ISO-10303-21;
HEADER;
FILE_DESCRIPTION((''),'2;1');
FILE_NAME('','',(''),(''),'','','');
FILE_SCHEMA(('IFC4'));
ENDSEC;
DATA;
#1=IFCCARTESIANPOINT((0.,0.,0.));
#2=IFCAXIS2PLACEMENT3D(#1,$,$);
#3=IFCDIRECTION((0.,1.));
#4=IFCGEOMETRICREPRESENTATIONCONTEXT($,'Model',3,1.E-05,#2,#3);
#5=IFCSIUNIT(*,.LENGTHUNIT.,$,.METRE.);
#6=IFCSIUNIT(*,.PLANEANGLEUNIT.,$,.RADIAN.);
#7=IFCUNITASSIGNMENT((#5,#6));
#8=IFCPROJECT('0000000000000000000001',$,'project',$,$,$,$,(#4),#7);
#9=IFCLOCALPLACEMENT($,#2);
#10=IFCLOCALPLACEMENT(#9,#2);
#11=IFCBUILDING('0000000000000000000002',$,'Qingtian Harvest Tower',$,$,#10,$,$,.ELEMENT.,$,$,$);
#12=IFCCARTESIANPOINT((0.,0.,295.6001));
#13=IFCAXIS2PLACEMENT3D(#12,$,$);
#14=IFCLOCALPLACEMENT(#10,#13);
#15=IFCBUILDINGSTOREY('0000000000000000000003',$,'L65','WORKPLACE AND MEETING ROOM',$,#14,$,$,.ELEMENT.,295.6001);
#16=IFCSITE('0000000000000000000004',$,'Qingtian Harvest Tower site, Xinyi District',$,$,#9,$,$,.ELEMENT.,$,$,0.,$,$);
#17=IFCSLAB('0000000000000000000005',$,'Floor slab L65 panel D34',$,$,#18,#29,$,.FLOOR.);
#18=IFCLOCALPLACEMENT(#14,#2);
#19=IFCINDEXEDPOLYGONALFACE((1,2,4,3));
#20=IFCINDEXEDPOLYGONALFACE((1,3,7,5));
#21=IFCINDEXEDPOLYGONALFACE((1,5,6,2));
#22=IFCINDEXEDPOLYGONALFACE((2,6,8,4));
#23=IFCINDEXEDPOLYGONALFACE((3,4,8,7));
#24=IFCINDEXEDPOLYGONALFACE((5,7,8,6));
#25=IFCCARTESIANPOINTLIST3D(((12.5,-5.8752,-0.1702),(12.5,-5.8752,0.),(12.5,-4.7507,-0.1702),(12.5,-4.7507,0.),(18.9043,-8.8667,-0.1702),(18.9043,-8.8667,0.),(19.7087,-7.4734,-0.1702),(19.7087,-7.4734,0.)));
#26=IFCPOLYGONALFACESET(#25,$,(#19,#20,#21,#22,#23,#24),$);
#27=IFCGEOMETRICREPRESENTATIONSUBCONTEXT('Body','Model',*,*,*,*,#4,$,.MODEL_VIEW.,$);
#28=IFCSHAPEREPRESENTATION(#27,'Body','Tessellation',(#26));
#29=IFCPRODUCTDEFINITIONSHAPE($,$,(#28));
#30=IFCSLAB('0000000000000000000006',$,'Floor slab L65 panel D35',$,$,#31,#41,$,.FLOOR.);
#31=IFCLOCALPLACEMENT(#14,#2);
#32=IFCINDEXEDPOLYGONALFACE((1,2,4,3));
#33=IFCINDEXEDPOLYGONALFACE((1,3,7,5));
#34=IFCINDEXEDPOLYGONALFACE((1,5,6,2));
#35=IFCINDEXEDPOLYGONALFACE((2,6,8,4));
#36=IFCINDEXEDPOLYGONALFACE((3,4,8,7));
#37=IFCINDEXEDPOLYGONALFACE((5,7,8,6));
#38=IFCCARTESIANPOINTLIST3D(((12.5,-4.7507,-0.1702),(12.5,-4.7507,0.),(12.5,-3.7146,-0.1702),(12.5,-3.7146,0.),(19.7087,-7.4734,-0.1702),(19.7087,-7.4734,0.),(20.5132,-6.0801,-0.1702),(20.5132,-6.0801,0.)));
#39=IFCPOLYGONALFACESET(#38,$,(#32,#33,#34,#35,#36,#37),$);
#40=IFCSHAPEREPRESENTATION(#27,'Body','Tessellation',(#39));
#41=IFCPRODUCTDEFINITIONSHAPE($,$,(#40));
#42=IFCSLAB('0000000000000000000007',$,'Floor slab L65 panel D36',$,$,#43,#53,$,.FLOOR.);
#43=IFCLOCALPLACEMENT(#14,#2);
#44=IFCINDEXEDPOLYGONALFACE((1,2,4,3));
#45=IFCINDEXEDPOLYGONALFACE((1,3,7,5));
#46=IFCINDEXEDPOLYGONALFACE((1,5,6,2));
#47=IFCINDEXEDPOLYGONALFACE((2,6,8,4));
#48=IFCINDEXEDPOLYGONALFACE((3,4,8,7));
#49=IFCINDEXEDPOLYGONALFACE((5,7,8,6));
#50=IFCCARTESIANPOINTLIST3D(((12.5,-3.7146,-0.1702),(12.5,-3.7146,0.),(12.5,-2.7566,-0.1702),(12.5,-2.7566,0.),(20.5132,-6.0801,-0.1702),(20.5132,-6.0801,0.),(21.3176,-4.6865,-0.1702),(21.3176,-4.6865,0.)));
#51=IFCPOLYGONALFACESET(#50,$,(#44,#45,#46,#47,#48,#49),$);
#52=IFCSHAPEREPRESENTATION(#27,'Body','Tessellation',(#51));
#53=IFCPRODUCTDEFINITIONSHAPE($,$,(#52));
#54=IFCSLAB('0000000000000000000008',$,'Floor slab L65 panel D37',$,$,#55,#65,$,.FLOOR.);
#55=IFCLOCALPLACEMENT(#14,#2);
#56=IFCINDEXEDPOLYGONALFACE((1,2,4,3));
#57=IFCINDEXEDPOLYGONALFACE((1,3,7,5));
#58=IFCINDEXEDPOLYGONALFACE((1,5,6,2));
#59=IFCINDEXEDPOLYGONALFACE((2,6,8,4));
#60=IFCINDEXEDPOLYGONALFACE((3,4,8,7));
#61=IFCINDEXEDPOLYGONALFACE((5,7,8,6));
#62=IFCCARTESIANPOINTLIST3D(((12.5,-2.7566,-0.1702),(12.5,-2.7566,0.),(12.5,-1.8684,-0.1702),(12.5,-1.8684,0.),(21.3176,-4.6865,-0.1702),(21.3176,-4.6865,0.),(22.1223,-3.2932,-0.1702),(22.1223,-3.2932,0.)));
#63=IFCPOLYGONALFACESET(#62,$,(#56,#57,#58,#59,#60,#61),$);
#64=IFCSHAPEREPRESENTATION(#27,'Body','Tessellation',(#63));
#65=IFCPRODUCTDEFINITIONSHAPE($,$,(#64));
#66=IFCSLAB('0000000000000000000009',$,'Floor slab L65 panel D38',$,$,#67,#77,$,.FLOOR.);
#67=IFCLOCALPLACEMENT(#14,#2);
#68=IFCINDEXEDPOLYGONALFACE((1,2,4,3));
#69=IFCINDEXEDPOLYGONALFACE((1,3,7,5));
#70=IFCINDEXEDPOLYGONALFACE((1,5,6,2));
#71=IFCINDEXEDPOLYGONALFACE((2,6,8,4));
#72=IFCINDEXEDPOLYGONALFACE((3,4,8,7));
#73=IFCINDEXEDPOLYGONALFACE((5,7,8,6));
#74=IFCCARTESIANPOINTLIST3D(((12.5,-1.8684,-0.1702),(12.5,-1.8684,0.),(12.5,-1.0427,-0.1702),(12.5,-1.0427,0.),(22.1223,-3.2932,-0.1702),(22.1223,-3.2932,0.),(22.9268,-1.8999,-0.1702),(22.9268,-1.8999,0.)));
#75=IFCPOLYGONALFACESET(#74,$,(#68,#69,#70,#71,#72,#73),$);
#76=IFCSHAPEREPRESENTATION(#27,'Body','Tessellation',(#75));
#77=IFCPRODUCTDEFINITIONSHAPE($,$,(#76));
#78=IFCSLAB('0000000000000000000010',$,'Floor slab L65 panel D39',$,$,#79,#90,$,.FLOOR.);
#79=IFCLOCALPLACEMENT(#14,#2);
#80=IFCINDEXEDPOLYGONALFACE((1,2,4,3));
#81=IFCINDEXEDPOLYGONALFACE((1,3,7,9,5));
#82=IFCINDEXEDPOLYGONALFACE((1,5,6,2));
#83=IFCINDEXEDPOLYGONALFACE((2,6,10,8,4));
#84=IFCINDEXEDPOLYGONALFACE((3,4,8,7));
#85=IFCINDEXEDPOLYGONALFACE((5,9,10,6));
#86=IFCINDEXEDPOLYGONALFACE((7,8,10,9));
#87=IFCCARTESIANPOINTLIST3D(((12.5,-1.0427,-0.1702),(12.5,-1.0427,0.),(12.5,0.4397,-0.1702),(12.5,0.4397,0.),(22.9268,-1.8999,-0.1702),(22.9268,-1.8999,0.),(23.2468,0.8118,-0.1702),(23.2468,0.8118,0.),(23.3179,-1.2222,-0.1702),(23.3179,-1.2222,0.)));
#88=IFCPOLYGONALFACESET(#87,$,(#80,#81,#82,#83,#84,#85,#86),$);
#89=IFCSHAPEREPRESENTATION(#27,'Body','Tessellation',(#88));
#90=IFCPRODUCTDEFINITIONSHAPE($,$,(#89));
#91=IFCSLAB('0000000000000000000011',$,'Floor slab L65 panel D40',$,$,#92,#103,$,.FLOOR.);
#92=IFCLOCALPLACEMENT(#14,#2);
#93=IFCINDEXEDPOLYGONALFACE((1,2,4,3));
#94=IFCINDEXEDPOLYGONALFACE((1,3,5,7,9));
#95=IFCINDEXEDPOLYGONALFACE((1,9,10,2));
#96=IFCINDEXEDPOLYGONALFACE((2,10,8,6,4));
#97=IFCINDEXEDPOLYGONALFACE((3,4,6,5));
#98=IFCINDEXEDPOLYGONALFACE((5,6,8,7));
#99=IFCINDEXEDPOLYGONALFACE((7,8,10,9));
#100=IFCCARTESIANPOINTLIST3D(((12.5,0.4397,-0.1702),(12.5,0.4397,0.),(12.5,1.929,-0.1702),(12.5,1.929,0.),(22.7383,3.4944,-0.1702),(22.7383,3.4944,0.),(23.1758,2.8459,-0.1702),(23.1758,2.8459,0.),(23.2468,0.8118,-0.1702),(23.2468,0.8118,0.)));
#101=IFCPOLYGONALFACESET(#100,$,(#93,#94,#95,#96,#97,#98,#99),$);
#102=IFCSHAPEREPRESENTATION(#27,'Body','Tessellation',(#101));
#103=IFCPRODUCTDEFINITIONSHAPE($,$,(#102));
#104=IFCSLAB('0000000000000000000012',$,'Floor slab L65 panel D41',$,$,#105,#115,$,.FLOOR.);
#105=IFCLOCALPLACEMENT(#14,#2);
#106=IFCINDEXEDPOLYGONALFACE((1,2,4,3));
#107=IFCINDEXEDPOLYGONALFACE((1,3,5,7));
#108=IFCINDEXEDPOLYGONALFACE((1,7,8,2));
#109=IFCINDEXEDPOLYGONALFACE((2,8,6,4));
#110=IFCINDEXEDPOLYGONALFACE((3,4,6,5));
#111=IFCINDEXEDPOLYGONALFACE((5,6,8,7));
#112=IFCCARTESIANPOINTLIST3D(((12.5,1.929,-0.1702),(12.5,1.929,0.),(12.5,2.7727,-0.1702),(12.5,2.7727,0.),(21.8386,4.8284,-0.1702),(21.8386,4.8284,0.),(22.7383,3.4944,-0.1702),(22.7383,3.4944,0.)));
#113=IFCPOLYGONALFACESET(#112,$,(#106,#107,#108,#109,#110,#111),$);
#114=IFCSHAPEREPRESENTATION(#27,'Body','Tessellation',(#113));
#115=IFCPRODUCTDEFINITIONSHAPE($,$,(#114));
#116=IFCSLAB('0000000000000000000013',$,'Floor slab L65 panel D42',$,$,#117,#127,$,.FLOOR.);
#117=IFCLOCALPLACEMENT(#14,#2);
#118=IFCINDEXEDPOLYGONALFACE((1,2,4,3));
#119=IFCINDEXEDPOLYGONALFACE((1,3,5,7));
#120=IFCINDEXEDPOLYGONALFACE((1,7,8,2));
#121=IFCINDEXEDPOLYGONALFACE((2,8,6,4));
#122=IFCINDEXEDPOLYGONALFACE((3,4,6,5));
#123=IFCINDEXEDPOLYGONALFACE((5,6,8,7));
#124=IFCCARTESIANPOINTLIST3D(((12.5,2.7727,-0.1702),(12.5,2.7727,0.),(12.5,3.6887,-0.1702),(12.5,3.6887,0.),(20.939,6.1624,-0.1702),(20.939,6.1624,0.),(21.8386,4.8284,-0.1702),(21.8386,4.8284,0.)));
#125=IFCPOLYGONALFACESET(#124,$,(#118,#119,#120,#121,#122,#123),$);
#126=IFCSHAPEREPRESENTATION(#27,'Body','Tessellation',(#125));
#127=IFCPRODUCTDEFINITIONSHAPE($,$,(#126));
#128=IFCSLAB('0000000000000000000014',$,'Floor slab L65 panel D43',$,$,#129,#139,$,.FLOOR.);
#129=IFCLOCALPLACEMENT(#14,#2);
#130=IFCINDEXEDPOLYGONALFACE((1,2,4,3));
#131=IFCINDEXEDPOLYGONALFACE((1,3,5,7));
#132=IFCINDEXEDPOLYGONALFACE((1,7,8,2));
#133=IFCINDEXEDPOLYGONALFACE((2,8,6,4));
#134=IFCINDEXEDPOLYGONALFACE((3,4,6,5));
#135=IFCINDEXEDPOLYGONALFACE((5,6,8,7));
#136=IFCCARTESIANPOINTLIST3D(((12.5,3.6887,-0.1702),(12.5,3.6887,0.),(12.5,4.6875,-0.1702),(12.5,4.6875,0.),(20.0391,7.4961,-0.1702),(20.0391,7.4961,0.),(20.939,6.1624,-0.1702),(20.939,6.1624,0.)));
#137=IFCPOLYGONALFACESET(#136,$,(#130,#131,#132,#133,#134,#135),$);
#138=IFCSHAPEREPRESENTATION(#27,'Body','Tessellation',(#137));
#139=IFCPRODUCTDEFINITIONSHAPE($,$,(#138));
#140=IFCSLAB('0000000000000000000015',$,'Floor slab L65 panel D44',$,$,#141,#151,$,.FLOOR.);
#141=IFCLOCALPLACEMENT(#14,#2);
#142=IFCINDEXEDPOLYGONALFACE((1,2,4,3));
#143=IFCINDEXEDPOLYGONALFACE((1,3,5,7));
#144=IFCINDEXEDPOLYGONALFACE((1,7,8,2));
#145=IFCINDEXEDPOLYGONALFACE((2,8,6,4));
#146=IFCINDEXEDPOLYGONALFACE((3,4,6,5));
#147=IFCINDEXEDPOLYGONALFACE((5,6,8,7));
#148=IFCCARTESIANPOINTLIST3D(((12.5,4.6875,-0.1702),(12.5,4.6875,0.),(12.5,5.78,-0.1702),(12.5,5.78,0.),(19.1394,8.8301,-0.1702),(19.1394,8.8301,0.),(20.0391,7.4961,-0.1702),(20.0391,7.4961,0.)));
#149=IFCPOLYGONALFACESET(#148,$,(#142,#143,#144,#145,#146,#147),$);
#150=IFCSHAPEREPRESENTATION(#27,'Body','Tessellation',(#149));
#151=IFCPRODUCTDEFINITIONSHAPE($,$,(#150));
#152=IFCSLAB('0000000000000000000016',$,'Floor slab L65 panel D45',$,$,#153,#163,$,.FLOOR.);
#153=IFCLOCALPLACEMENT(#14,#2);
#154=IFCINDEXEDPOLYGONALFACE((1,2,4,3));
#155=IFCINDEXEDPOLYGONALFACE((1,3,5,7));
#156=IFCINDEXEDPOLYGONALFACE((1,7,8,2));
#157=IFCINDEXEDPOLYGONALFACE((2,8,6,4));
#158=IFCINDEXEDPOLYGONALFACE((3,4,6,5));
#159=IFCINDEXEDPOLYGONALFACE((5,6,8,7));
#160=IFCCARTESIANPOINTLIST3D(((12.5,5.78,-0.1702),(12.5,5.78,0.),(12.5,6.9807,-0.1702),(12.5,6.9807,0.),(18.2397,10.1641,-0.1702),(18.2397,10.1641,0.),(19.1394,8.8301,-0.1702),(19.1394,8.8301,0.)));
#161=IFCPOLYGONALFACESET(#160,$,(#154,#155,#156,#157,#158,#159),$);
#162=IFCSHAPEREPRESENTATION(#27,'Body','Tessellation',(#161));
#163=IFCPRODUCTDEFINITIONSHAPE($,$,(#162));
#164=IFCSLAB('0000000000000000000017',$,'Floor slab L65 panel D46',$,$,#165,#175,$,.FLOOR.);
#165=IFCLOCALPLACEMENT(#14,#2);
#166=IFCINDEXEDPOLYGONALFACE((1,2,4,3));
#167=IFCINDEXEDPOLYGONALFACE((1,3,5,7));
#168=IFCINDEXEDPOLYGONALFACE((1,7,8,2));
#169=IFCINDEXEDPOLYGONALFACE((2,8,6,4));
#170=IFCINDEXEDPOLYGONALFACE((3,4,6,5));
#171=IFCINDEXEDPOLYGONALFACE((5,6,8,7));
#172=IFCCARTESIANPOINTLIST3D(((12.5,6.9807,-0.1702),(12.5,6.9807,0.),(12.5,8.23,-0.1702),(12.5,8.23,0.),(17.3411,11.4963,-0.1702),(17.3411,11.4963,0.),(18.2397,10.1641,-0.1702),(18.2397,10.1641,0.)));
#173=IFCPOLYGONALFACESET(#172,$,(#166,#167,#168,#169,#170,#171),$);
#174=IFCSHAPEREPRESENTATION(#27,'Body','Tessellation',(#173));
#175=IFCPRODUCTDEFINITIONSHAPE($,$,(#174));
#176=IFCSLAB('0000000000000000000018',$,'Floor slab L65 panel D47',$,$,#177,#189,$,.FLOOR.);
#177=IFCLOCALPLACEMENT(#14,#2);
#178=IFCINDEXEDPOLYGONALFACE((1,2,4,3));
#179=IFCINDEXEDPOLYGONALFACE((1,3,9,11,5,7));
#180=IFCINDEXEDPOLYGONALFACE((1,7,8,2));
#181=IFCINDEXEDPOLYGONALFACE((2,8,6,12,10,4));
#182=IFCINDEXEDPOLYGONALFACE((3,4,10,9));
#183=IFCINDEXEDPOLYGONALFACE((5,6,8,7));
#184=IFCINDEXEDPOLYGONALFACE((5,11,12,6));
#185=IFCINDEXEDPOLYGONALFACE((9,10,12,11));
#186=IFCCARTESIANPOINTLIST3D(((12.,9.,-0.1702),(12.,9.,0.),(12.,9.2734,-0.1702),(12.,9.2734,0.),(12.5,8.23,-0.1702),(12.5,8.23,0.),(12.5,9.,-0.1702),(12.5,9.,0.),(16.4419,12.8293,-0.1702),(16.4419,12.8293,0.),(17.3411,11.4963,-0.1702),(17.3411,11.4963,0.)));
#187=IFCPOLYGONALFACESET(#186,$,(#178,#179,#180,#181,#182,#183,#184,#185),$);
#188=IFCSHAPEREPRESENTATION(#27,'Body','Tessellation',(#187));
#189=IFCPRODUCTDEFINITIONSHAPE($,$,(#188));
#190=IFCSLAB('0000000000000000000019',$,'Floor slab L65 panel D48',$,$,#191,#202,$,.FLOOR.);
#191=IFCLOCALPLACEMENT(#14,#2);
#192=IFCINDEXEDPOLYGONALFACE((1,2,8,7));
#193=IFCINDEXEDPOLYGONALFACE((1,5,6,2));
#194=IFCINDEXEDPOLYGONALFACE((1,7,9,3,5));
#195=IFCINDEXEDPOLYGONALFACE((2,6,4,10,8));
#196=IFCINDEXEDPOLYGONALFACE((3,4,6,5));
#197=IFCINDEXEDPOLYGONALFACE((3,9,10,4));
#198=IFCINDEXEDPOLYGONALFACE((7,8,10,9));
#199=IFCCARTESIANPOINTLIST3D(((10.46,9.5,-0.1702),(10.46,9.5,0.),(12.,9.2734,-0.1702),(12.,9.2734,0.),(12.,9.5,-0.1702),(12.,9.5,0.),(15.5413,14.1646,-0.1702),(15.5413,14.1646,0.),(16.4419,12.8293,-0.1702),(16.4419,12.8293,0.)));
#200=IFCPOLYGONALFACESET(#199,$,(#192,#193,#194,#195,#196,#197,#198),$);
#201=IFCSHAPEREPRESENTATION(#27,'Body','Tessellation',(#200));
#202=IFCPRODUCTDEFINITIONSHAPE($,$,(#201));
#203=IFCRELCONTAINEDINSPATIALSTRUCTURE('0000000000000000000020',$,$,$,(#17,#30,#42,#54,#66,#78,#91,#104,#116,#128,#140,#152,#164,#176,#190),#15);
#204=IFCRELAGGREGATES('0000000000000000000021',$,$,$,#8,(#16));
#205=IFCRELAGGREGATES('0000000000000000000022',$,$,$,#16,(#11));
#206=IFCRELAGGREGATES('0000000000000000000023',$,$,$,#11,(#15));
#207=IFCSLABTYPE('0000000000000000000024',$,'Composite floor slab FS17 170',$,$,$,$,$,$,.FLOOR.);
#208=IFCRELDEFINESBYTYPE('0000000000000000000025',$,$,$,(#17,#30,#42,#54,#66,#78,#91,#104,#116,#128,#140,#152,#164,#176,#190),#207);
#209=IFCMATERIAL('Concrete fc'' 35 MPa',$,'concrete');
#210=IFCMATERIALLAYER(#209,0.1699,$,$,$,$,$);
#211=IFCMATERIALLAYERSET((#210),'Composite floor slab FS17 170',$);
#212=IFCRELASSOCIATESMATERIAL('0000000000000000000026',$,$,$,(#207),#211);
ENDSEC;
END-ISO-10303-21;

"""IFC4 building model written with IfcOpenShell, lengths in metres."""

from ifc_helpers import new_model, si_unit, direction, frame, origin, place, context, subcontext, project, spatial, polyline, outline, extrude, material, layer, layer_set, type_object, element, save


model = new_model("IFC4")

# Units and contexts
model_context = context("Model", 3, precision=1e-05, world=origin(), true_north=direction((0.0, 1.0)))
body_context = subcontext(model_context, "Body", "Model", "MODEL_VIEW")
ifc_project = project(units=[si_unit("LENGTHUNIT", "METRE"), si_unit("PLANEANGLEUNIT", "RADIAN")], contexts=[model_context])

# Site, building, storey
site_placement = place(None, origin())
site = spatial("IfcSite", under=ifc_project, at=site_placement, Name="Qingtian Harvest Tower site, Xinyi District", CompositionType="ELEMENT", RefElevation=0.0)
building_placement = place(site_placement, origin())
building = spatial("IfcBuilding", under=site, at=building_placement, Name="Qingtian Harvest Tower", CompositionType="ELEMENT")
storey_placement = place(building_placement, frame((0.0, 0.0, 295.6001)))
storey = spatial("IfcBuildingStorey", under=building, at=storey_placement, Name="L65", Description="WORKPLACE AND MEETING ROOM", CompositionType="ELEMENT", Elevation=295.6001)

# Slabs
ifc_material_1 = material(Name="Concrete fc' 35 MPa", Category="concrete")
ifc_layer_1 = layer(ifc_material_1, 0.1699)
ifc_layer_set_1 = layer_set([ifc_layer_1], Name="Composite floor slab FS17 170")
slab_type = type_object("IfcSlabType", Name="Composite floor slab FS17 170", PredefinedType="FLOOR", material=ifc_layer_set_1)
slab_1_placement = place(storey_placement, frame((0.0, 0.0, -0.1702)))
element("IfcSlab", 1, at=slab_1_placement, inside=storey, type_object=slab_type, Name="Floor slab L65 panel D34", PredefinedType="FLOOR", context=body_context, shape_type="SweptSolid", body=[
    extrude(outline(polyline([(12.5, -4.7507), (19.7087, -7.4734), (18.9043, -8.8667), (12.5, -5.8752), (12.5, -4.7507)])), origin(), (0.0, 0.0, 1.0), 0.1702),
])
slab_2_placement = place(storey_placement, frame((0.0, 0.0, -0.1702)))
element("IfcSlab", 2, at=slab_2_placement, inside=storey, type_object=slab_type, Name="Floor slab L65 panel D35", PredefinedType="FLOOR", context=body_context, shape_type="SweptSolid", body=[
    extrude(outline(polyline([(12.5, -3.7146), (20.5132, -6.0801), (19.7087, -7.4734), (12.5, -4.7507), (12.5, -3.7146)])), origin(), (0.0, 0.0, 1.0), 0.1702),
])
slab_3_placement = place(storey_placement, frame((0.0, 0.0, -0.1702)))
element("IfcSlab", 3, at=slab_3_placement, inside=storey, type_object=slab_type, Name="Floor slab L65 panel D36", PredefinedType="FLOOR", context=body_context, shape_type="SweptSolid", body=[
    extrude(outline(polyline([(12.5, -2.7566), (21.3176, -4.6865), (20.5132, -6.0801), (12.5, -3.7146), (12.5, -2.7566)])), origin(), (0.0, 0.0, 1.0), 0.1702),
])
slab_4_placement = place(storey_placement, frame((0.0, 0.0, -0.1702)))
element("IfcSlab", 4, at=slab_4_placement, inside=storey, type_object=slab_type, Name="Floor slab L65 panel D37", PredefinedType="FLOOR", context=body_context, shape_type="SweptSolid", body=[
    extrude(outline(polyline([(12.5, -1.8684), (22.1223, -3.2932), (21.3176, -4.6865), (12.5, -2.7566), (12.5, -1.8684)])), origin(), (0.0, 0.0, 1.0), 0.1702),
])
slab_5_placement = place(storey_placement, frame((0.0, 0.0, -0.1702)))
element("IfcSlab", 5, at=slab_5_placement, inside=storey, type_object=slab_type, Name="Floor slab L65 panel D38", PredefinedType="FLOOR", context=body_context, shape_type="SweptSolid", body=[
    extrude(outline(polyline([(12.5, -1.0427), (22.9268, -1.8999), (22.1223, -3.2932), (12.5, -1.8684), (12.5, -1.0427)])), origin(), (0.0, 0.0, 1.0), 0.1702),
])
slab_6_placement = place(storey_placement, frame((0.0, 0.0, -0.1702)))
element("IfcSlab", 6, at=slab_6_placement, inside=storey, type_object=slab_type, Name="Floor slab L65 panel D39", PredefinedType="FLOOR", context=body_context, shape_type="SweptSolid", body=[
    extrude(outline(polyline([(12.5, -1.0427), (12.5, 0.4397), (23.2468, 0.8118), (23.3179, -1.2222), (22.9268, -1.8999), (12.5, -1.0427)])), origin(), (0.0, 0.0, 1.0), 0.1702),
])
slab_7_placement = place(storey_placement, frame((0.0, 0.0, -0.1702)))
element("IfcSlab", 7, at=slab_7_placement, inside=storey, type_object=slab_type, Name="Floor slab L65 panel D40", PredefinedType="FLOOR", context=body_context, shape_type="SweptSolid", body=[
    extrude(outline(polyline([(12.5, 0.4397), (12.5, 1.929), (22.7383, 3.4944), (23.1758, 2.8459), (23.2468, 0.8118), (12.5, 0.4397)])), origin(), (0.0, 0.0, 1.0), 0.1702),
])
slab_8_placement = place(storey_placement, frame((0.0, 0.0, -0.1702)))
element("IfcSlab", 8, at=slab_8_placement, inside=storey, type_object=slab_type, Name="Floor slab L65 panel D41", PredefinedType="FLOOR", context=body_context, shape_type="SweptSolid", body=[
    extrude(outline(polyline([(12.5, 2.7727), (21.8386, 4.8284), (22.7383, 3.4944), (12.5, 1.929), (12.5, 2.7727)])), origin(), (0.0, 0.0, 1.0), 0.1702),
])
slab_9_placement = place(storey_placement, frame((0.0, 0.0, -0.1702)))
element("IfcSlab", 9, at=slab_9_placement, inside=storey, type_object=slab_type, Name="Floor slab L65 panel D42", PredefinedType="FLOOR", context=body_context, shape_type="SweptSolid", body=[
    extrude(outline(polyline([(12.5, 3.6887), (20.939, 6.1624), (21.8386, 4.8284), (12.5, 2.7727), (12.5, 3.6887)])), origin(), (0.0, 0.0, 1.0), 0.1702),
])
slab_10_placement = place(storey_placement, frame((0.0, 0.0, -0.1702)))
element("IfcSlab", 10, at=slab_10_placement, inside=storey, type_object=slab_type, Name="Floor slab L65 panel D43", PredefinedType="FLOOR", context=body_context, shape_type="SweptSolid", body=[
    extrude(outline(polyline([(12.5, 4.6875), (20.0391, 7.4961), (20.939, 6.1624), (12.5, 3.6887), (12.5, 4.6875)])), origin(), (0.0, 0.0, 1.0), 0.1702),
])
slab_11_placement = place(storey_placement, frame((0.0, 0.0, -0.1702)))
element("IfcSlab", 11, at=slab_11_placement, inside=storey, type_object=slab_type, Name="Floor slab L65 panel D44", PredefinedType="FLOOR", context=body_context, shape_type="SweptSolid", body=[
    extrude(outline(polyline([(12.5, 5.78), (19.1394, 8.8301), (20.0391, 7.4961), (12.5, 4.6875), (12.5, 5.78)])), origin(), (0.0, 0.0, 1.0), 0.1702),
])
slab_12_placement = place(storey_placement, frame((0.0, 0.0, -0.1702)))
element("IfcSlab", 12, at=slab_12_placement, inside=storey, type_object=slab_type, Name="Floor slab L65 panel D45", PredefinedType="FLOOR", context=body_context, shape_type="SweptSolid", body=[
    extrude(outline(polyline([(12.5, 6.9807), (18.2397, 10.1641), (19.1394, 8.8301), (12.5, 5.78), (12.5, 6.9807)])), origin(), (0.0, 0.0, 1.0), 0.1702),
])
slab_13_placement = place(storey_placement, frame((0.0, 0.0, -0.1702)))
element("IfcSlab", 13, at=slab_13_placement, inside=storey, type_object=slab_type, Name="Floor slab L65 panel D46", PredefinedType="FLOOR", context=body_context, shape_type="SweptSolid", body=[
    extrude(outline(polyline([(12.5, 8.23), (17.3411, 11.4963), (18.2397, 10.1641), (12.5, 6.9807), (12.5, 8.23)])), origin(), (0.0, 0.0, 1.0), 0.1702),
])
slab_14_placement = place(storey_placement, frame((0.0, 0.0, -0.1702)))
element("IfcSlab", 14, at=slab_14_placement, inside=storey, type_object=slab_type, Name="Floor slab L65 panel D47", PredefinedType="FLOOR", context=body_context, shape_type="SweptSolid", body=[
    extrude(outline(polyline([(12.5, 9.0), (12.0, 9.0), (12.0, 9.2734), (16.4419, 12.8293), (17.3411, 11.4963), (12.5, 8.23), (12.5, 9.0)])), origin(), (0.0, 0.0, 1.0), 0.1702),
])
slab_15_placement = place(storey_placement, frame((0.0, 0.0, -0.1702)))
element("IfcSlab", 15, at=slab_15_placement, inside=storey, type_object=slab_type, Name="Floor slab L65 panel D48", PredefinedType="FLOOR", context=body_context, shape_type="SweptSolid", body=[
    extrude(outline(polyline([(12.0, 9.5), (10.46, 9.5), (15.5413, 14.1646), (16.4419, 12.8293), (12.0, 9.2734), (12.0, 9.5)])), origin(), (0.0, 0.0, 1.0), 0.1702),
])

save(model, "model.ifc")
